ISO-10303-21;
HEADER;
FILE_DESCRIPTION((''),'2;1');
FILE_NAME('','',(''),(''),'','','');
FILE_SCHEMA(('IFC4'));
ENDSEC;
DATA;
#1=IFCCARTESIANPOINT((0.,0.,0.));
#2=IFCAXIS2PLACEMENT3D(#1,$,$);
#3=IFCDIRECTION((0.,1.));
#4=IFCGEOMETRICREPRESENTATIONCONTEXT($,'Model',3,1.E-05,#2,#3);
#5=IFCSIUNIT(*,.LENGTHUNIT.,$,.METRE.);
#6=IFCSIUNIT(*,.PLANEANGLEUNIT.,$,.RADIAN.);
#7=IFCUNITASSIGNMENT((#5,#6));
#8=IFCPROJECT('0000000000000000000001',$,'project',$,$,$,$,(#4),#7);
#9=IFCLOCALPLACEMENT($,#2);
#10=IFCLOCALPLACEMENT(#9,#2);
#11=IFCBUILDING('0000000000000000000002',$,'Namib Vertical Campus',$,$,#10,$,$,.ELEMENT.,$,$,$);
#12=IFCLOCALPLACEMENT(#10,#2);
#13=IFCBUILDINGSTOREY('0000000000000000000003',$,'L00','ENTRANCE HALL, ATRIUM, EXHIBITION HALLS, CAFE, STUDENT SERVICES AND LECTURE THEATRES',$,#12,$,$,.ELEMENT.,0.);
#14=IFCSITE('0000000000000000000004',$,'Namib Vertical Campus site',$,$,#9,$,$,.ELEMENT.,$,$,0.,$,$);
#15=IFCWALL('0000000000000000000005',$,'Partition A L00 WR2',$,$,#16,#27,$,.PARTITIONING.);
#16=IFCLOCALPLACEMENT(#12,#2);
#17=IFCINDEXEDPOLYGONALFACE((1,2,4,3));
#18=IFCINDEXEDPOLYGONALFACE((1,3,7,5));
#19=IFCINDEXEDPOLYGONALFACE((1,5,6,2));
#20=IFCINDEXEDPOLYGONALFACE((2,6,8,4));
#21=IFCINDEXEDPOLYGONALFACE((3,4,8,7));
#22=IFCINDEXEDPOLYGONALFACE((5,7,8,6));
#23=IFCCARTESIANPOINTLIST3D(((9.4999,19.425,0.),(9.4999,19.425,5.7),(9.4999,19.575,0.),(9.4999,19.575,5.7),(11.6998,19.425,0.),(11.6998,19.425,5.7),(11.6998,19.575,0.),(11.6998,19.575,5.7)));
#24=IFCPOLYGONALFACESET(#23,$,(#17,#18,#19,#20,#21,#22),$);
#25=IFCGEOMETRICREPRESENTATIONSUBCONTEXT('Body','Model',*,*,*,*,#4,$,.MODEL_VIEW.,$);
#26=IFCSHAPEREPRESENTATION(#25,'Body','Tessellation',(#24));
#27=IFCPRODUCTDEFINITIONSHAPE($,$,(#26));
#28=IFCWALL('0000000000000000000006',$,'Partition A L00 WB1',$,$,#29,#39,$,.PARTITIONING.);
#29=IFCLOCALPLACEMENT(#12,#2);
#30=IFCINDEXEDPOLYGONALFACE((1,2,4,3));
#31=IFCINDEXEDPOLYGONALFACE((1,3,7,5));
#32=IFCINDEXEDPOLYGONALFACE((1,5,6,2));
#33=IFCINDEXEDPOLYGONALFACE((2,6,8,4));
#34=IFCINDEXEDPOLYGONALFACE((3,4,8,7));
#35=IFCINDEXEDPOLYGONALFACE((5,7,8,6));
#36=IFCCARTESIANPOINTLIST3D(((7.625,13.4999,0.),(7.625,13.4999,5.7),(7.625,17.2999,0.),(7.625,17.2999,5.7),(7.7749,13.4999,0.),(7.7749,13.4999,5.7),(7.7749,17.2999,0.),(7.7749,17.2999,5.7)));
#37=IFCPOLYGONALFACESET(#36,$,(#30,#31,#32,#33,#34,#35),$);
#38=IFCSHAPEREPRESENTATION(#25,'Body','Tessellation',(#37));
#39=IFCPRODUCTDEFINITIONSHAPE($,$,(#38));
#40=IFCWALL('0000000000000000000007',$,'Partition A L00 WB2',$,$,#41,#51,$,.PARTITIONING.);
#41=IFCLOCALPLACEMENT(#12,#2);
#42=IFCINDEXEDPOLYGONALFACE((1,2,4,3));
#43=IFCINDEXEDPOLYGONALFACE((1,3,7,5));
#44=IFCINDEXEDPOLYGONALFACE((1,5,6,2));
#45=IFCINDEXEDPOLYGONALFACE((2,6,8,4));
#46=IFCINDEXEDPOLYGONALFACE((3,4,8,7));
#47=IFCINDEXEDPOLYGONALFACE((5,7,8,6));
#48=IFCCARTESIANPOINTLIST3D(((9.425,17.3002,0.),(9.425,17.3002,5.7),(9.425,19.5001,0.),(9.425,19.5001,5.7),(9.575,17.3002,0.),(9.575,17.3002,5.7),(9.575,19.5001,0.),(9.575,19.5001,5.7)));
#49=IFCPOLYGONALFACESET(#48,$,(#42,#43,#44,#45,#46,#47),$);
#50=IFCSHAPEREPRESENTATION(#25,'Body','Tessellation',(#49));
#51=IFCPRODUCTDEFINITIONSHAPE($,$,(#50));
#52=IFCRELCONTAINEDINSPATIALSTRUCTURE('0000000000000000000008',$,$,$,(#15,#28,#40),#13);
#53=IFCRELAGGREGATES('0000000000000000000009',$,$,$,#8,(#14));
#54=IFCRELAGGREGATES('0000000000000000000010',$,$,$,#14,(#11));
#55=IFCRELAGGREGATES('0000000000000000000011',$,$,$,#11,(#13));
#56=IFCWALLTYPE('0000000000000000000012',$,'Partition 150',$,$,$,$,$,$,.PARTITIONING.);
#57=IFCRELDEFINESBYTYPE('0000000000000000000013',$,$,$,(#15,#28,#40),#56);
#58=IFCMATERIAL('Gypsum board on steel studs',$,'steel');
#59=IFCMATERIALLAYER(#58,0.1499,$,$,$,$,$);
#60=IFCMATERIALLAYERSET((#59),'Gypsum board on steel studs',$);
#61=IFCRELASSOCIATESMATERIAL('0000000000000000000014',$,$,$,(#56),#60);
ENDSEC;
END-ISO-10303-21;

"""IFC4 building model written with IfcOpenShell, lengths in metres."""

from ifc_helpers import new_model, si_unit, direction, frame, frame_2d, origin, place, context, subcontext, project, spatial, rectangle, extrude, material, layer, layer_set, type_object, element, save


model = new_model("IFC4")

# Units and contexts
model_context = context("Model", 3, precision=1e-05, world=origin(), true_north=direction((0.0, 1.0)))
body_context = subcontext(model_context, "Body", "Model", "MODEL_VIEW")
ifc_project = project(units=[si_unit("LENGTHUNIT", "METRE"), si_unit("PLANEANGLEUNIT", "RADIAN")], contexts=[model_context])

# Site, building, storey
site_placement = place(None, origin())
site = spatial("IfcSite", under=ifc_project, at=site_placement, Name="Namib Vertical Campus site", CompositionType="ELEMENT", RefElevation=0.0)
building_placement = place(site_placement, origin())
building = spatial("IfcBuilding", under=site, at=building_placement, Name="Namib Vertical Campus", CompositionType="ELEMENT")
storey_placement = place(building_placement, origin())
storey = spatial("IfcBuildingStorey", under=building, at=storey_placement, Name="L00", Description="ENTRANCE HALL, ATRIUM, EXHIBITION HALLS, CAFE, STUDENT SERVICES AND LECTURE THEATRES", CompositionType="ELEMENT", Elevation=0.0)

# Walls
ifc_material_1 = material(Name="Gypsum board on steel studs", Category="steel")
ifc_layer_1 = layer(ifc_material_1, 0.1499)
ifc_layer_set_1 = layer_set([ifc_layer_1], Name="Gypsum board on steel studs")
wall_type_1 = type_object("IfcWallType", Name="Partition 150", PredefinedType="PARTITIONING", material=ifc_layer_set_1)
wall_1_placement = place(storey_placement, frame((11.7, 19.5, 0.0), z_axis=(0.0, 0.0, 1.0), x_axis=(-1.0, 0.0, 0.0)))
element("IfcWall", 1, at=wall_1_placement, inside=storey, type_object=wall_type_1, Name="Partition A L00 WR2", PredefinedType="PARTITIONING", context=body_context, shape_type="SweptSolid", body=[
    extrude(rectangle(XDim=2.2, YDim=0.1499, at=frame_2d((1.1001, 0.0))), origin(), (0.0, 0.0, 1.0), 5.7),
])
wall_2_placement = place(storey_placement, frame((7.7, 13.5, 0.0), z_axis=(0.0, 0.0, 1.0), x_axis=(0.0, 1.0, 0.0)))
element("IfcWall", 2, at=wall_2_placement, inside=storey, type_object=wall_type_1, Name="Partition A L00 WB1", PredefinedType="PARTITIONING", context=body_context, shape_type="SweptSolid", body=[
    extrude(rectangle(XDim=3.8, YDim=0.1499, at=frame_2d((1.8999, 0.0))), origin(), (0.0, 0.0, 1.0), 5.7),
])
wall_3_placement = place(storey_placement, frame((9.5, 17.3, 0.0), z_axis=(0.0, 0.0, 1.0), x_axis=(0.0, 1.0, 0.0)))
element("IfcWall", 3, at=wall_3_placement, inside=storey, type_object=wall_type_1, Name="Partition A L00 WB2", PredefinedType="PARTITIONING", context=body_context, shape_type="SweptSolid", body=[
    extrude(rectangle(XDim=2.2, YDim=0.1499, at=frame_2d((1.1001, 0.0))), origin(), (0.0, 0.0, 1.0), 5.7),
])

save(model, "model.ifc")
